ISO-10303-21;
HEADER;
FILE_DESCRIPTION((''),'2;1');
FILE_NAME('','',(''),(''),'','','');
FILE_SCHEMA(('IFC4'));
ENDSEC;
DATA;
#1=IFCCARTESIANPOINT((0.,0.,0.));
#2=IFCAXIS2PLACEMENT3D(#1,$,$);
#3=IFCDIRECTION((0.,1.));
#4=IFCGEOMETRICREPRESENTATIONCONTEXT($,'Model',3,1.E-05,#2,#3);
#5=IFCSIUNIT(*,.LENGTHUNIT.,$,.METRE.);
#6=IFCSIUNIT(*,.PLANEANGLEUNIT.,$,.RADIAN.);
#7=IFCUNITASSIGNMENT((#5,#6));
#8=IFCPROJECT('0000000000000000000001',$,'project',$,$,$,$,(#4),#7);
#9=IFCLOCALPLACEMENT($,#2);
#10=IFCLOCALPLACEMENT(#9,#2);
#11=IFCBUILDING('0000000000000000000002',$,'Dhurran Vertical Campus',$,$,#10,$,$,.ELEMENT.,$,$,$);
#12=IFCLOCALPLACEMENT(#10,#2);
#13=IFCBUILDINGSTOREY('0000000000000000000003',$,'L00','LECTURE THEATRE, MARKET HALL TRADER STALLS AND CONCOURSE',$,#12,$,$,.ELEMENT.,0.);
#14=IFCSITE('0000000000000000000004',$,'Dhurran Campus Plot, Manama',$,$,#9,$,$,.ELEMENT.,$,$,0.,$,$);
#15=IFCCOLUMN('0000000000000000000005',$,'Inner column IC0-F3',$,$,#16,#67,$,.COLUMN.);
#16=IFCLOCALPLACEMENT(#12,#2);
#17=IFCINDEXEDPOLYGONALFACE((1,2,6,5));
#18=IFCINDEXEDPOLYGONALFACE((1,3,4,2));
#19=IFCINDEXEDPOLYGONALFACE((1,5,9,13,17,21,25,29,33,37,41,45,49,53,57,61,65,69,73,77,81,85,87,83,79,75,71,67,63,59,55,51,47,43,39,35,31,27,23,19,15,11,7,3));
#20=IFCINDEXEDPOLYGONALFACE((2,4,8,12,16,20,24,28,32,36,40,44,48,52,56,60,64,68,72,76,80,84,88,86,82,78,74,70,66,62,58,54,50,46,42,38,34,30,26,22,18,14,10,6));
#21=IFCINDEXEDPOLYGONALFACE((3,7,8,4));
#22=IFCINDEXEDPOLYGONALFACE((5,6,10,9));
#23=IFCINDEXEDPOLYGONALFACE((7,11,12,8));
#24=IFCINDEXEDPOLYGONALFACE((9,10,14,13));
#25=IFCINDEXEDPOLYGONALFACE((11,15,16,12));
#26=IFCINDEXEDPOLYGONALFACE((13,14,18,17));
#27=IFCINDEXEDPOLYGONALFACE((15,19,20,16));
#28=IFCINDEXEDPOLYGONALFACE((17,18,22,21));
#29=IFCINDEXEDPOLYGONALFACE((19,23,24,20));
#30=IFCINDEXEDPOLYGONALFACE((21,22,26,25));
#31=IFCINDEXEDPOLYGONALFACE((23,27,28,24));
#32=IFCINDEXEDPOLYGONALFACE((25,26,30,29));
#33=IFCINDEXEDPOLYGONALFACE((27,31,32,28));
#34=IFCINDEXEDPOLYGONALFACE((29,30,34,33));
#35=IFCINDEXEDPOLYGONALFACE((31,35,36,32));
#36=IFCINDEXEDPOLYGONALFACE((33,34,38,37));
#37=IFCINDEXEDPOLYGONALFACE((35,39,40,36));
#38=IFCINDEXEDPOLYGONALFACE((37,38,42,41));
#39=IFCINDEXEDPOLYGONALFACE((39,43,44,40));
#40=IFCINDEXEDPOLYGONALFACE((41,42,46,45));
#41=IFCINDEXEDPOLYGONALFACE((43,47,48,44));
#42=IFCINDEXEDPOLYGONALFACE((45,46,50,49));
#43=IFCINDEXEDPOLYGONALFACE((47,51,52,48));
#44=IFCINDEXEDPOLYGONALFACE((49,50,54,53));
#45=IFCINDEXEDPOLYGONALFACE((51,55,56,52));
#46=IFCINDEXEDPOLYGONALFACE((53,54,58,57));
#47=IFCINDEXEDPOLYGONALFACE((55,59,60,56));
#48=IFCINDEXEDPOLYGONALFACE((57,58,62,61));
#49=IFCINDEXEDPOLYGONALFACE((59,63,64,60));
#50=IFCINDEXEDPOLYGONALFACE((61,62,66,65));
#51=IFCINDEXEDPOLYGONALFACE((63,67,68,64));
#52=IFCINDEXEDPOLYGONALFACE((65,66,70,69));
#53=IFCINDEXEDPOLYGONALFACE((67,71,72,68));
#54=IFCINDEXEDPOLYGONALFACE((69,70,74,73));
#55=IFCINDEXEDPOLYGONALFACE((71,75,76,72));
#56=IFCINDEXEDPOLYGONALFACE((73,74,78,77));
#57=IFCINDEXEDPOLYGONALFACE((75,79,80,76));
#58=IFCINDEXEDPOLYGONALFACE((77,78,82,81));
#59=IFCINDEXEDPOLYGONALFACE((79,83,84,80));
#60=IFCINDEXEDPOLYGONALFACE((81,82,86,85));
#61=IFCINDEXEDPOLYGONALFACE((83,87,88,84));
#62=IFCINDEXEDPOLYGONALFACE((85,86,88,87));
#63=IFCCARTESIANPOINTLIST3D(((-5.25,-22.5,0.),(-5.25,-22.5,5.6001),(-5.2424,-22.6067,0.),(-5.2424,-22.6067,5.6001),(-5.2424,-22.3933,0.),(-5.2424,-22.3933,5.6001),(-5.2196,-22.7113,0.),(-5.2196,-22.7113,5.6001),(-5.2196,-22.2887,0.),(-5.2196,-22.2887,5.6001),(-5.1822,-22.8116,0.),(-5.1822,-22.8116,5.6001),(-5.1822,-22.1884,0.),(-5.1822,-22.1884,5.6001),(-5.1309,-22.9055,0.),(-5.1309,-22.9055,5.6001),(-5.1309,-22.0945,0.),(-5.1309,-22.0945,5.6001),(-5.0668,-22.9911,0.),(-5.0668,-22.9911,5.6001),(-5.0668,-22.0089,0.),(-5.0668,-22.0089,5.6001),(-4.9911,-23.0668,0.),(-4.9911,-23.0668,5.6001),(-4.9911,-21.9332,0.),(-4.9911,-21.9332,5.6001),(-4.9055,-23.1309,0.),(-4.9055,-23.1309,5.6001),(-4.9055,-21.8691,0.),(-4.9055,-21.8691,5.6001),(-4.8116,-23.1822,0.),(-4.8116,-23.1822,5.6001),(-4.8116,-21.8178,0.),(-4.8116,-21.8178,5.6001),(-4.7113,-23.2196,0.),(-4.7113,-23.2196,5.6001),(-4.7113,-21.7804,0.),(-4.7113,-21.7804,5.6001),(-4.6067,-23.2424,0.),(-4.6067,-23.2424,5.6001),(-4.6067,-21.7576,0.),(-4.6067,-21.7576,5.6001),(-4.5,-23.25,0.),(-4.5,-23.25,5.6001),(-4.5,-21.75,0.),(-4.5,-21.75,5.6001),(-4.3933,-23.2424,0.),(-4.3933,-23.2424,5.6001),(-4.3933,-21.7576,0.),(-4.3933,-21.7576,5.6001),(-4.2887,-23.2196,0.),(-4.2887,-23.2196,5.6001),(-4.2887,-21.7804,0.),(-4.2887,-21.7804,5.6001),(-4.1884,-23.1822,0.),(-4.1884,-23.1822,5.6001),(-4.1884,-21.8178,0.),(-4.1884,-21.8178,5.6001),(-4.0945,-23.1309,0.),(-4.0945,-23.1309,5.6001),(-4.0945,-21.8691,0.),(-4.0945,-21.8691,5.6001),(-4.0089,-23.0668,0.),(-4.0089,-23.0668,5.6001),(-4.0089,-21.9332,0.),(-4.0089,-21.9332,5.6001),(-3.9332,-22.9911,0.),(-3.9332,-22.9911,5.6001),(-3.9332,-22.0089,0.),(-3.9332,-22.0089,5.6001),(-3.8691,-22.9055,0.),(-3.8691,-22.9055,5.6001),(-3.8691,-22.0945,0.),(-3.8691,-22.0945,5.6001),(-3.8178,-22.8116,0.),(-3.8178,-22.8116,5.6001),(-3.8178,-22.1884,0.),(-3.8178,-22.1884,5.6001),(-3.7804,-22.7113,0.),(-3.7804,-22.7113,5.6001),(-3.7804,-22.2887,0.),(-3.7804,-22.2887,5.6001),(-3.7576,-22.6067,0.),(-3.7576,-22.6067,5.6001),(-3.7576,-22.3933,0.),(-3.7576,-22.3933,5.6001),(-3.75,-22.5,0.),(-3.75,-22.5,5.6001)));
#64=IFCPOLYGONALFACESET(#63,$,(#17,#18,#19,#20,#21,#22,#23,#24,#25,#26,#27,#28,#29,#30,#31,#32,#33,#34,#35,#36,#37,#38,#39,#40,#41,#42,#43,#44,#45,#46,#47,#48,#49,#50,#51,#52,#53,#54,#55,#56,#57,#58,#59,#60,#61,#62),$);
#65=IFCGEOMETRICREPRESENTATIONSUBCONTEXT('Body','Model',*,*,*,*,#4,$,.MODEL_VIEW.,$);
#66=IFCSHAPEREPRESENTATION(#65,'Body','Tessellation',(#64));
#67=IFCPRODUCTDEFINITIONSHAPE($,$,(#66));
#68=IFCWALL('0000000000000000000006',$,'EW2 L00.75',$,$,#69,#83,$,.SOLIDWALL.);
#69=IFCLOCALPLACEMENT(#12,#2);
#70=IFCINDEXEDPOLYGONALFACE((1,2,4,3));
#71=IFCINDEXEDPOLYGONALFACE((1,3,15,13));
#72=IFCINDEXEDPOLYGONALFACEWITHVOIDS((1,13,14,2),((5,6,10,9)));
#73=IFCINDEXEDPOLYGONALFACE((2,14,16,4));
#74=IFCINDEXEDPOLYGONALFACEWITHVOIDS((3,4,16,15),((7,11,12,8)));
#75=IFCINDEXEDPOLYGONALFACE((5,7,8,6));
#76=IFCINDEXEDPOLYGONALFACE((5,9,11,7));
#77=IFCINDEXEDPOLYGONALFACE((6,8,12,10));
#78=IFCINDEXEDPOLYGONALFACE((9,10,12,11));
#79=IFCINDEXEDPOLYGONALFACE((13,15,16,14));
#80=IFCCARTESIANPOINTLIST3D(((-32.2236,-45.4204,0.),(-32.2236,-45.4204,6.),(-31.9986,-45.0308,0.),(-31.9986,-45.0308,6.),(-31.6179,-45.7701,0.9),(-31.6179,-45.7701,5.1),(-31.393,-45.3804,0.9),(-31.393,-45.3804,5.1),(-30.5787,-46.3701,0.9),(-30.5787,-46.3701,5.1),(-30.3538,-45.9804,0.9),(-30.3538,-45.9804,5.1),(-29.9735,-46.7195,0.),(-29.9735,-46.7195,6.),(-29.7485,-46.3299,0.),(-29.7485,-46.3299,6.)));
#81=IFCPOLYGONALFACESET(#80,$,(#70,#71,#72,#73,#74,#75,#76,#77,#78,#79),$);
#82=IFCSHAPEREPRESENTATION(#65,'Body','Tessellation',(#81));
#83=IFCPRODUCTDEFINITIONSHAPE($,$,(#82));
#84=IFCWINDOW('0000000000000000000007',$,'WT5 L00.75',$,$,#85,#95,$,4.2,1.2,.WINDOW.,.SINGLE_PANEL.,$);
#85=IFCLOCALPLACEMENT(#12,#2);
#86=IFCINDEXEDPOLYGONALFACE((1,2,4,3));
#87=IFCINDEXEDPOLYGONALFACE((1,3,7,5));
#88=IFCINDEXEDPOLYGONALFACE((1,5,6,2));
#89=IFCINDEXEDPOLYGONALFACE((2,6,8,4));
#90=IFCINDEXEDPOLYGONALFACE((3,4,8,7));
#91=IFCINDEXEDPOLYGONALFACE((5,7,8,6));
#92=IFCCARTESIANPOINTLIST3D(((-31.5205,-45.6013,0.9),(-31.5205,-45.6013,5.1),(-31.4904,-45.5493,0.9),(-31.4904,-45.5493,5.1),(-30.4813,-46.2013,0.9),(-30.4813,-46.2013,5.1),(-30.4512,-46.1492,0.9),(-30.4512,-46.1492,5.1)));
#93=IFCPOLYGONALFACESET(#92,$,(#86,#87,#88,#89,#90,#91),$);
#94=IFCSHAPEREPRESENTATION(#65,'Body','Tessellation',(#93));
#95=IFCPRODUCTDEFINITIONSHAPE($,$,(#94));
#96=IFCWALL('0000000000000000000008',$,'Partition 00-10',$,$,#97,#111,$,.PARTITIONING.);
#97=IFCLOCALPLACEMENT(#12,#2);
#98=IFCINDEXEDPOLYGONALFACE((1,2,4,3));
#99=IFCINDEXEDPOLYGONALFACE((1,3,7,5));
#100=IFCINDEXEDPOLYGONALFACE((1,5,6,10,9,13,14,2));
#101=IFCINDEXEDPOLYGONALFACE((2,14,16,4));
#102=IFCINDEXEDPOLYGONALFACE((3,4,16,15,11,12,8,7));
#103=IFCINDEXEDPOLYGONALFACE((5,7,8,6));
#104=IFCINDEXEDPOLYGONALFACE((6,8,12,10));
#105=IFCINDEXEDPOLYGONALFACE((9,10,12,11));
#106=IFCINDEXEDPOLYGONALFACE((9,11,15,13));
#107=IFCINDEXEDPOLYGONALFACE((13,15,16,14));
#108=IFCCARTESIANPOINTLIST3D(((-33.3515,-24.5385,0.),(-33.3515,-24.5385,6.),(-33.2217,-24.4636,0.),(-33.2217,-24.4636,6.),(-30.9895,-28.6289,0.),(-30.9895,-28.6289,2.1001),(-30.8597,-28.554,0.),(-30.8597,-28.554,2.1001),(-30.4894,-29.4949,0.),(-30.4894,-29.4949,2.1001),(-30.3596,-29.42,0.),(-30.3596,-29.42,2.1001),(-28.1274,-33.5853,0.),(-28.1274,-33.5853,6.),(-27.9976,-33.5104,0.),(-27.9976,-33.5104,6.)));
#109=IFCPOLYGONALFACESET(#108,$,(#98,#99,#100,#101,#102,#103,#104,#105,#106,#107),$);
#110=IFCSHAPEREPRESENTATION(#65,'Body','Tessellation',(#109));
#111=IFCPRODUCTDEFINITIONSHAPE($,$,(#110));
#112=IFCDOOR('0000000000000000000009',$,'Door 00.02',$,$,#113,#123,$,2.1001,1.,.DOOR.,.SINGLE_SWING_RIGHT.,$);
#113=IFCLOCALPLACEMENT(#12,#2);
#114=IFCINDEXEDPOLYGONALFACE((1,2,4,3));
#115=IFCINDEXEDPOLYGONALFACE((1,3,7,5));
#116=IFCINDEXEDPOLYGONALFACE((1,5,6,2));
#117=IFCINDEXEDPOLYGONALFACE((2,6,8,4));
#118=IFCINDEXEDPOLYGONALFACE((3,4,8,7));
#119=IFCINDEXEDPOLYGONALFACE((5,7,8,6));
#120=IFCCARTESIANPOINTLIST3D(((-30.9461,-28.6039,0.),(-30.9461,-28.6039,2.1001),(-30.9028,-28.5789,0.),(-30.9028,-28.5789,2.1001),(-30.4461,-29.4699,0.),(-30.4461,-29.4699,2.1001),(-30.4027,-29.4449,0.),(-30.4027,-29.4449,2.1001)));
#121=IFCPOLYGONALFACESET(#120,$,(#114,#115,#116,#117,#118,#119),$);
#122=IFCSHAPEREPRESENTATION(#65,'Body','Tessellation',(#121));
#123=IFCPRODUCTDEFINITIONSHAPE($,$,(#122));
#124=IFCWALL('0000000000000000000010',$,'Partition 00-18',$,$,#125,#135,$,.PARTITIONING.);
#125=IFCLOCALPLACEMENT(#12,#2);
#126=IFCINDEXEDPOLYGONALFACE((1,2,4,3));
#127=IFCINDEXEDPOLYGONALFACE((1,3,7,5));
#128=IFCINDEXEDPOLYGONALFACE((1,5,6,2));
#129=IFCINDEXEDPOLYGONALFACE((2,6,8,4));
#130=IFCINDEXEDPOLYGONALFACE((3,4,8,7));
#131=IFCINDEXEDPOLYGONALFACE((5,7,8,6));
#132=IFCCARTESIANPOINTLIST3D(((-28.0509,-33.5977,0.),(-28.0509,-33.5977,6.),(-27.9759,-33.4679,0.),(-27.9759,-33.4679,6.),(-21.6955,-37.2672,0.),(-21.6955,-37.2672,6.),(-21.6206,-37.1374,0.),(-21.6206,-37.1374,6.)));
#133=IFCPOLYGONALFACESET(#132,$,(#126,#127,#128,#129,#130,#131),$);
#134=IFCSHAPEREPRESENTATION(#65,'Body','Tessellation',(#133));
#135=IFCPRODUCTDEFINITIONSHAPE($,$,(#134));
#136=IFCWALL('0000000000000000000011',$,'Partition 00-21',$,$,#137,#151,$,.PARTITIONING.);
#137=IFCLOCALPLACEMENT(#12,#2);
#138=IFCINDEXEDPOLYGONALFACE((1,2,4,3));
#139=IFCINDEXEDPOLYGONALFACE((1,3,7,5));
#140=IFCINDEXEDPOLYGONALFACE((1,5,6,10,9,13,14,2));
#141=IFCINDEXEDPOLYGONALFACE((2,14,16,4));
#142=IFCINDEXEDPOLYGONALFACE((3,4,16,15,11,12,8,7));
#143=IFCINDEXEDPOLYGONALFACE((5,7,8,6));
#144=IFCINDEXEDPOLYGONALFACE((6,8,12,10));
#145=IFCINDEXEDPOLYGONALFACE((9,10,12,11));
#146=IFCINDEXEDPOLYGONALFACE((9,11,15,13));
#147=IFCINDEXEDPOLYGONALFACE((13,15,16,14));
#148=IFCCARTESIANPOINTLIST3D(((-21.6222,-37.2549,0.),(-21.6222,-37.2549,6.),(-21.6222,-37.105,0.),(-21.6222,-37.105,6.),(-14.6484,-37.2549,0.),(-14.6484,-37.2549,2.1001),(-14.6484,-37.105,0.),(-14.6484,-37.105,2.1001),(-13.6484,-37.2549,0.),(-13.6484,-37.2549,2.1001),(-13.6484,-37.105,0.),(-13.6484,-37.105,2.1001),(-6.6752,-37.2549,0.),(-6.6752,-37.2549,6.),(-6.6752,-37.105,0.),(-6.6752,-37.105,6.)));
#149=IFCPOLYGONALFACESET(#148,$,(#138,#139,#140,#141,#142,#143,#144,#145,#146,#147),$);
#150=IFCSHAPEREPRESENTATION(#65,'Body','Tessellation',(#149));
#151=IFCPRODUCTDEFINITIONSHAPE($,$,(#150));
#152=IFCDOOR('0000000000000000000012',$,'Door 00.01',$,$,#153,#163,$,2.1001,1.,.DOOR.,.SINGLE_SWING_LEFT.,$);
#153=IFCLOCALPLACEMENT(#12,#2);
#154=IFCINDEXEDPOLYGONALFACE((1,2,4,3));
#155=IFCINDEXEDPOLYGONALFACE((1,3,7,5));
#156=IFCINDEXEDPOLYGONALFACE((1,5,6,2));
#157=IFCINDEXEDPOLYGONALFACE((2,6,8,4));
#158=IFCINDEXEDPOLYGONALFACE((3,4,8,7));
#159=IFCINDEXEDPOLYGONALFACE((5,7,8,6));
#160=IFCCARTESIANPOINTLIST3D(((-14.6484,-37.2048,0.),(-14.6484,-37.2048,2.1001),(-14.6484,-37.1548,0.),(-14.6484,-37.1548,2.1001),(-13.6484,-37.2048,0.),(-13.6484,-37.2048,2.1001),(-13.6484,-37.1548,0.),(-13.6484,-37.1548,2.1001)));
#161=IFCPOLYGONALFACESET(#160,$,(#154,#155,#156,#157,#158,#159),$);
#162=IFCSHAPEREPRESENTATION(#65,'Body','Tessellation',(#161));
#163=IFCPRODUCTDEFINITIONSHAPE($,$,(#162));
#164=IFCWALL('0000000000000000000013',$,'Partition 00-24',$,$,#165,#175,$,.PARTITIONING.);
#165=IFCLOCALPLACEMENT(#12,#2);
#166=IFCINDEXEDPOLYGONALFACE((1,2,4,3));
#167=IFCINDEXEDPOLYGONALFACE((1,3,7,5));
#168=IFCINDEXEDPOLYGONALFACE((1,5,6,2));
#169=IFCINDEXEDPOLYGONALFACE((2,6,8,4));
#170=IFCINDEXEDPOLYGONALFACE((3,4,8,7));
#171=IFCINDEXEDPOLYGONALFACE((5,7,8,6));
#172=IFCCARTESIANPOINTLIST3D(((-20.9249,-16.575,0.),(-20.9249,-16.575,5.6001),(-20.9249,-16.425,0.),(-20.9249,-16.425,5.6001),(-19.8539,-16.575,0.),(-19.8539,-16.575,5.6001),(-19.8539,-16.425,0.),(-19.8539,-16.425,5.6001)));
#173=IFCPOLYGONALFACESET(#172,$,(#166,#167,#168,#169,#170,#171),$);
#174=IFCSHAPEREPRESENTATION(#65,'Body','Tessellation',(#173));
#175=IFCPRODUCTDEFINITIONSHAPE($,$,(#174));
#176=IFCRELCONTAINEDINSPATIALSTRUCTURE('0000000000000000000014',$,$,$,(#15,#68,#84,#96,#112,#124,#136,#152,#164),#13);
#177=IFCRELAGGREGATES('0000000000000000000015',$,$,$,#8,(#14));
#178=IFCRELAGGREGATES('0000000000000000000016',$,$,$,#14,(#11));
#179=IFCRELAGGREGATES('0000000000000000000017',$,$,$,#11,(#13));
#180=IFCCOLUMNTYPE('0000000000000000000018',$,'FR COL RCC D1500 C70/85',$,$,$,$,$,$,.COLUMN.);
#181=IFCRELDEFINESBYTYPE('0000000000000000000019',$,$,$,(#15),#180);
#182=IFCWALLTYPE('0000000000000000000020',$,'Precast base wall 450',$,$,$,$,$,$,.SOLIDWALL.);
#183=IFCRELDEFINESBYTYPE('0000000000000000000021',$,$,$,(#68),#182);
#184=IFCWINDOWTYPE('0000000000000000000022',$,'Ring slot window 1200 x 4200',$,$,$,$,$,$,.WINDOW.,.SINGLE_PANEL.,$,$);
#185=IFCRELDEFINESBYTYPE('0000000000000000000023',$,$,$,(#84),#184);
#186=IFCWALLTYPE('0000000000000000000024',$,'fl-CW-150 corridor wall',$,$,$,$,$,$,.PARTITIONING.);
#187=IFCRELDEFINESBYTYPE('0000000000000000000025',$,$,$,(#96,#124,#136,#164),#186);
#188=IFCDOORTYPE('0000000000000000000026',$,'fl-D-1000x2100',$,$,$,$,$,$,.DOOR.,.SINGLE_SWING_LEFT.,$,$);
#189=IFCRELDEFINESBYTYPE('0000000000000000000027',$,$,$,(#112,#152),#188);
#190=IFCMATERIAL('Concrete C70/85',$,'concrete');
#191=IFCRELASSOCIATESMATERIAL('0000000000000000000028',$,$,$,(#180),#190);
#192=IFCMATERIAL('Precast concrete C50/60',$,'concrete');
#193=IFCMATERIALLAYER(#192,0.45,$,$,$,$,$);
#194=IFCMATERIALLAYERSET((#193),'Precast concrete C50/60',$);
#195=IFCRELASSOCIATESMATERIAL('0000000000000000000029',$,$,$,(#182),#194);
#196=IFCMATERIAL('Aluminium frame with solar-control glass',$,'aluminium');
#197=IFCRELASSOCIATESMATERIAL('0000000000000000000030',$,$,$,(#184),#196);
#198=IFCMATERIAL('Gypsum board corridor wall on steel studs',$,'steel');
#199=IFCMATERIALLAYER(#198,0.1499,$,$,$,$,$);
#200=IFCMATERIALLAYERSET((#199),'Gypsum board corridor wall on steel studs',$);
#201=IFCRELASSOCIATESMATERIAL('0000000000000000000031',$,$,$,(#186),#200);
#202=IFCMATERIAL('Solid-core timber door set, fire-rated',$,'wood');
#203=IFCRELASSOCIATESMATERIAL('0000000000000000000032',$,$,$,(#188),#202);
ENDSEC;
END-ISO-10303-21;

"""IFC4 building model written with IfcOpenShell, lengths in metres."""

from ifc_helpers import new_model, si_unit, direction, frame, frame_2d, origin, origin_2d, place, context, subcontext, project, spatial, rectangle, circle, extrude, material, layer, layer_set, material_profile, profile_set, type_object, element, fill, save


model = new_model("IFC4")

# Units and contexts
model_context = context("Model", 3, precision=1e-05, world=origin(), true_north=direction((0.0, 1.0)))
body_context = subcontext(model_context, "Body", "Model", "MODEL_VIEW")
ifc_project = project(units=[si_unit("LENGTHUNIT", "METRE"), si_unit("PLANEANGLEUNIT", "RADIAN")], contexts=[model_context])

# Site, building, storey
site_placement = place(None, origin())
site = spatial("IfcSite", under=ifc_project, at=site_placement, Name="Dhurran Campus Plot, Manama", CompositionType="ELEMENT", RefElevation=0.0)
building_placement = place(site_placement, origin())
building = spatial("IfcBuilding", under=site, at=building_placement, Name="Dhurran Vertical Campus", CompositionType="ELEMENT")
storey_placement = place(building_placement, origin())
storey = spatial("IfcBuildingStorey", under=building, at=storey_placement, Name="L00", Description="LECTURE THEATRE, MARKET HALL TRADER STALLS AND CONCOURSE", CompositionType="ELEMENT", Elevation=0.0)

# Column
ifc_material_1 = material(Name="Concrete C70/85", Category="concrete")
ifc_material_profile_1 = material_profile(ifc_material_1, circle(Radius=0.75, at=origin_2d()), Name="RCC D1500")
ifc_profile_set_1 = profile_set([ifc_material_profile_1], Name="Concrete C70/85")
column_type_1 = type_object("IfcColumnType", Name="FR COL RCC D1500 C70/85", PredefinedType="COLUMN", material=ifc_profile_set_1)
for number, where, z_axis, x_axis, name in (
    (1, (-4.5, -22.5, 0.0), (0.0, 0.0, 1.0), (1.0, 0.0, 0.0), "Inner column IC0-F3"),
):
    element("IfcColumn", number, at=place(storey_placement, frame(where, z_axis=z_axis, x_axis=x_axis)), inside=storey, type_object=column_type_1, Name=name, PredefinedType="COLUMN", context=body_context, shape_type="SweptSolid", body=[
        extrude(circle(Radius=0.75, at=origin_2d()), origin(), (0.0, 0.0, 1.0), 5.6001),
    ])

# Wall, opening, window
ifc_material_2 = material(Name="Precast concrete C50/60", Category="concrete")
ifc_layer_1 = layer(ifc_material_2, 0.45)
ifc_layer_set_1 = layer_set([ifc_layer_1], Name="Precast concrete C50/60")
wall_type_1 = type_object("IfcWallType", Name="Precast base wall 450", PredefinedType="SOLIDWALL", material=ifc_layer_set_1)
wall_1_placement = place(storey_placement, frame((-32.1111, -45.2256, 0.0), z_axis=(0.0, 0.0, 1.0), x_axis=(0.86602, -0.50001, 0.0)))
wall_1 = element("IfcWall", 2, at=wall_1_placement, inside=storey, type_object=wall_type_1, Name="EW2 L00.75", PredefinedType="SOLIDWALL", context=body_context, shape_type="SweptSolid", body=[
    extrude(rectangle(XDim=2.5981, YDim=0.45, at=frame_2d((1.2991, 0.0))), origin(), (0.0, 0.0, 1.0), 6.0),
])
opening_1_placement = place(wall_1_placement, frame((0.6992, 0.0, 0.8999)))
opening_1 = element("IfcOpeningElement", 3, at=opening_1_placement, cuts=wall_1, PredefinedType="OPENING", context=body_context, shape_type="SweptSolid", body=[
    extrude(rectangle(XDim=1.2, YDim=4.2, at=frame_2d((0.6001, 2.1001))), frame((0.0, 0.2349, 0.0), z_axis=(0.0, -1.0, 0.0), x_axis=(1.0, 0.0, 0.0)), (0.0, 0.0, 1.0), 0.47),
])
ifc_material_3 = material(Name="Aluminium frame with solar-control glass", Category="aluminium")
window_type = type_object("IfcWindowType", Name="Ring slot window 1200 x 4200", PartitioningType="SINGLE_PANEL", PredefinedType="WINDOW", material=ifc_material_3)
window_placement = place(opening_1_placement, origin())
window = element("IfcWindow", 4, at=window_placement, inside=storey, type_object=window_type, Name="WT5 L00.75", OverallHeight=4.2, OverallWidth=1.2, PartitioningType="SINGLE_PANEL", PredefinedType="WINDOW", context=body_context, shape_type="SweptSolid", body=[
    extrude(rectangle(XDim=1.2, YDim=4.2, at=frame_2d((0.6001, 2.1001))), frame((0.0, 0.03, 0.0), z_axis=(0.0, -1.0, 0.0), x_axis=(1.0, 0.0, 0.0)), (0.0, 0.0, 1.0), 0.0601),
])
fill(opening_1, window)

# Wall, opening, door
ifc_material_4 = material(Name="Gypsum board corridor wall on steel studs", Category="steel")
ifc_layer_2 = layer(ifc_material_4, 0.1499)
ifc_layer_set_2 = layer_set([ifc_layer_2], Name="Gypsum board corridor wall on steel studs")
wall_type_2 = type_object("IfcWallType", Name="fl-CW-150 corridor wall", PredefinedType="PARTITIONING", material=ifc_layer_set_2)
wall_2_placement = place(storey_placement, frame((-28.0625, -33.5479, 0.0), z_axis=(0.0, 0.0, 1.0), x_axis=(-0.500065, 0.865988, 0.0)))
wall_2 = element("IfcWall", 5, at=wall_2_placement, inside=storey, type_object=wall_type_2, Name="Partition 00-10", PredefinedType="PARTITIONING", context=body_context, shape_type="SweptSolid", body=[
    extrude(rectangle(XDim=10.4468, YDim=0.1499, at=frame_2d((5.2234, 0.0))), origin(), (0.0, 0.0, 1.0), 6.0),
])
opening_2_placement = place(wall_2_placement, frame((4.7234, 0.0, 0.0)))
opening_2 = element("IfcOpeningElement", 6, at=opening_2_placement, cuts=wall_2, PredefinedType="OPENING", context=body_context, shape_type="SweptSolid", body=[
    extrude(rectangle(XDim=1.0, YDim=2.1001, at=frame_2d((0.5, 1.05))), frame((0.0, 0.085, 0.0), z_axis=(0.0, -1.0, 0.0), x_axis=(1.0, 0.0, 0.0)), (0.0, 0.0, 1.0), 0.1699),
])
ifc_material_5 = material(Name="Solid-core timber door set, fire-rated", Category="wood")
door_type = type_object("IfcDoorType", Name="fl-D-1000x2100", OperationType="SINGLE_SWING_LEFT", PredefinedType="DOOR", material=ifc_material_5)
door_1_placement = place(opening_2_placement, origin())
door_1 = element("IfcDoor", 7, at=door_1_placement, inside=storey, type_object=door_type, Name="Door 00.02", OperationType="SINGLE_SWING_RIGHT", OverallHeight=2.1001, OverallWidth=1.0, PredefinedType="DOOR", context=body_context, shape_type="SweptSolid", body=[
    extrude(rectangle(XDim=1.0, YDim=2.1001, at=frame_2d((0.5, 1.05))), frame((0.0, 0.0249, 0.0), z_axis=(0.0, -1.0, 0.0), x_axis=(1.0, 0.0, 0.0)), (0.0, 0.0, 1.0), 0.05),
])
fill(opening_2, door_1)

# Wall
wall_3_placement = place(storey_placement, frame((-21.658, -37.2024, 0.0), z_axis=(0.0, 0.0, 1.0), x_axis=(-0.866011, 0.500025, 0.0)))
element("IfcWall", 8, at=wall_3_placement, inside=storey, type_object=wall_type_2, Name="Partition 00-18", PredefinedType="PARTITIONING", context=body_context, shape_type="SweptSolid", body=[
    extrude(rectangle(XDim=7.3386, YDim=0.1499, at=frame_2d((3.6694, 0.0))), origin(), (0.0, 0.0, 1.0), 6.0),
])

# Wall, opening, door
wall_4_placement = place(storey_placement, frame((-6.675, -37.1799, 0.0), z_axis=(0.0, 0.0, 1.0), x_axis=(-1.0, 0.0, 0.0)))
wall_4 = element("IfcWall", 9, at=wall_4_placement, inside=storey, type_object=wall_type_2, Name="Partition 00-21", PredefinedType="PARTITIONING", context=body_context, shape_type="SweptSolid", body=[
    extrude(rectangle(XDim=14.947, YDim=0.1499, at=frame_2d((7.4736, 0.0))), origin(), (0.0, 0.0, 1.0), 6.0),
])
opening_3_placement = place(wall_4_placement, frame((6.9734, 0.0, 0.0)))
opening_3 = element("IfcOpeningElement", 10, at=opening_3_placement, cuts=wall_4, PredefinedType="OPENING", context=body_context, shape_type="SweptSolid", body=[
    extrude(rectangle(XDim=1.0, YDim=2.1001, at=frame_2d((0.5, 1.05))), frame((0.0, 0.085, 0.0), z_axis=(0.0, -1.0, 0.0), x_axis=(1.0, 0.0, 0.0)), (0.0, 0.0, 1.0), 0.1699),
])
door_2_placement = place(opening_3_placement, origin())
door_2 = element("IfcDoor", 11, at=door_2_placement, inside=storey, type_object=door_type, Name="Door 00.01", OperationType="SINGLE_SWING_LEFT", OverallHeight=2.1001, OverallWidth=1.0, PredefinedType="DOOR", context=body_context, shape_type="SweptSolid", body=[
    extrude(rectangle(XDim=1.0, YDim=2.1001, at=frame_2d((0.5, 1.05))), frame((0.0, 0.0249, 0.0), z_axis=(0.0, -1.0, 0.0), x_axis=(1.0, 0.0, 0.0)), (0.0, 0.0, 1.0), 0.05),
])
fill(opening_3, door_2)

# Wall
wall_5_placement = place(storey_placement, frame((-20.925, -16.5, 0.0), z_axis=(0.0, 0.0, 1.0), x_axis=(1.0, 0.0, 0.0)))
element("IfcWall", 12, at=wall_5_placement, inside=storey, type_object=wall_type_2, Name="Partition 00-24", PredefinedType="PARTITIONING", context=body_context, shape_type="SweptSolid", body=[
    extrude(rectangle(XDim=1.071, YDim=0.1499, at=frame_2d((0.5356, 0.0))), origin(), (0.0, 0.0, 1.0), 5.6001),
])

save(model, "model.ifc")
